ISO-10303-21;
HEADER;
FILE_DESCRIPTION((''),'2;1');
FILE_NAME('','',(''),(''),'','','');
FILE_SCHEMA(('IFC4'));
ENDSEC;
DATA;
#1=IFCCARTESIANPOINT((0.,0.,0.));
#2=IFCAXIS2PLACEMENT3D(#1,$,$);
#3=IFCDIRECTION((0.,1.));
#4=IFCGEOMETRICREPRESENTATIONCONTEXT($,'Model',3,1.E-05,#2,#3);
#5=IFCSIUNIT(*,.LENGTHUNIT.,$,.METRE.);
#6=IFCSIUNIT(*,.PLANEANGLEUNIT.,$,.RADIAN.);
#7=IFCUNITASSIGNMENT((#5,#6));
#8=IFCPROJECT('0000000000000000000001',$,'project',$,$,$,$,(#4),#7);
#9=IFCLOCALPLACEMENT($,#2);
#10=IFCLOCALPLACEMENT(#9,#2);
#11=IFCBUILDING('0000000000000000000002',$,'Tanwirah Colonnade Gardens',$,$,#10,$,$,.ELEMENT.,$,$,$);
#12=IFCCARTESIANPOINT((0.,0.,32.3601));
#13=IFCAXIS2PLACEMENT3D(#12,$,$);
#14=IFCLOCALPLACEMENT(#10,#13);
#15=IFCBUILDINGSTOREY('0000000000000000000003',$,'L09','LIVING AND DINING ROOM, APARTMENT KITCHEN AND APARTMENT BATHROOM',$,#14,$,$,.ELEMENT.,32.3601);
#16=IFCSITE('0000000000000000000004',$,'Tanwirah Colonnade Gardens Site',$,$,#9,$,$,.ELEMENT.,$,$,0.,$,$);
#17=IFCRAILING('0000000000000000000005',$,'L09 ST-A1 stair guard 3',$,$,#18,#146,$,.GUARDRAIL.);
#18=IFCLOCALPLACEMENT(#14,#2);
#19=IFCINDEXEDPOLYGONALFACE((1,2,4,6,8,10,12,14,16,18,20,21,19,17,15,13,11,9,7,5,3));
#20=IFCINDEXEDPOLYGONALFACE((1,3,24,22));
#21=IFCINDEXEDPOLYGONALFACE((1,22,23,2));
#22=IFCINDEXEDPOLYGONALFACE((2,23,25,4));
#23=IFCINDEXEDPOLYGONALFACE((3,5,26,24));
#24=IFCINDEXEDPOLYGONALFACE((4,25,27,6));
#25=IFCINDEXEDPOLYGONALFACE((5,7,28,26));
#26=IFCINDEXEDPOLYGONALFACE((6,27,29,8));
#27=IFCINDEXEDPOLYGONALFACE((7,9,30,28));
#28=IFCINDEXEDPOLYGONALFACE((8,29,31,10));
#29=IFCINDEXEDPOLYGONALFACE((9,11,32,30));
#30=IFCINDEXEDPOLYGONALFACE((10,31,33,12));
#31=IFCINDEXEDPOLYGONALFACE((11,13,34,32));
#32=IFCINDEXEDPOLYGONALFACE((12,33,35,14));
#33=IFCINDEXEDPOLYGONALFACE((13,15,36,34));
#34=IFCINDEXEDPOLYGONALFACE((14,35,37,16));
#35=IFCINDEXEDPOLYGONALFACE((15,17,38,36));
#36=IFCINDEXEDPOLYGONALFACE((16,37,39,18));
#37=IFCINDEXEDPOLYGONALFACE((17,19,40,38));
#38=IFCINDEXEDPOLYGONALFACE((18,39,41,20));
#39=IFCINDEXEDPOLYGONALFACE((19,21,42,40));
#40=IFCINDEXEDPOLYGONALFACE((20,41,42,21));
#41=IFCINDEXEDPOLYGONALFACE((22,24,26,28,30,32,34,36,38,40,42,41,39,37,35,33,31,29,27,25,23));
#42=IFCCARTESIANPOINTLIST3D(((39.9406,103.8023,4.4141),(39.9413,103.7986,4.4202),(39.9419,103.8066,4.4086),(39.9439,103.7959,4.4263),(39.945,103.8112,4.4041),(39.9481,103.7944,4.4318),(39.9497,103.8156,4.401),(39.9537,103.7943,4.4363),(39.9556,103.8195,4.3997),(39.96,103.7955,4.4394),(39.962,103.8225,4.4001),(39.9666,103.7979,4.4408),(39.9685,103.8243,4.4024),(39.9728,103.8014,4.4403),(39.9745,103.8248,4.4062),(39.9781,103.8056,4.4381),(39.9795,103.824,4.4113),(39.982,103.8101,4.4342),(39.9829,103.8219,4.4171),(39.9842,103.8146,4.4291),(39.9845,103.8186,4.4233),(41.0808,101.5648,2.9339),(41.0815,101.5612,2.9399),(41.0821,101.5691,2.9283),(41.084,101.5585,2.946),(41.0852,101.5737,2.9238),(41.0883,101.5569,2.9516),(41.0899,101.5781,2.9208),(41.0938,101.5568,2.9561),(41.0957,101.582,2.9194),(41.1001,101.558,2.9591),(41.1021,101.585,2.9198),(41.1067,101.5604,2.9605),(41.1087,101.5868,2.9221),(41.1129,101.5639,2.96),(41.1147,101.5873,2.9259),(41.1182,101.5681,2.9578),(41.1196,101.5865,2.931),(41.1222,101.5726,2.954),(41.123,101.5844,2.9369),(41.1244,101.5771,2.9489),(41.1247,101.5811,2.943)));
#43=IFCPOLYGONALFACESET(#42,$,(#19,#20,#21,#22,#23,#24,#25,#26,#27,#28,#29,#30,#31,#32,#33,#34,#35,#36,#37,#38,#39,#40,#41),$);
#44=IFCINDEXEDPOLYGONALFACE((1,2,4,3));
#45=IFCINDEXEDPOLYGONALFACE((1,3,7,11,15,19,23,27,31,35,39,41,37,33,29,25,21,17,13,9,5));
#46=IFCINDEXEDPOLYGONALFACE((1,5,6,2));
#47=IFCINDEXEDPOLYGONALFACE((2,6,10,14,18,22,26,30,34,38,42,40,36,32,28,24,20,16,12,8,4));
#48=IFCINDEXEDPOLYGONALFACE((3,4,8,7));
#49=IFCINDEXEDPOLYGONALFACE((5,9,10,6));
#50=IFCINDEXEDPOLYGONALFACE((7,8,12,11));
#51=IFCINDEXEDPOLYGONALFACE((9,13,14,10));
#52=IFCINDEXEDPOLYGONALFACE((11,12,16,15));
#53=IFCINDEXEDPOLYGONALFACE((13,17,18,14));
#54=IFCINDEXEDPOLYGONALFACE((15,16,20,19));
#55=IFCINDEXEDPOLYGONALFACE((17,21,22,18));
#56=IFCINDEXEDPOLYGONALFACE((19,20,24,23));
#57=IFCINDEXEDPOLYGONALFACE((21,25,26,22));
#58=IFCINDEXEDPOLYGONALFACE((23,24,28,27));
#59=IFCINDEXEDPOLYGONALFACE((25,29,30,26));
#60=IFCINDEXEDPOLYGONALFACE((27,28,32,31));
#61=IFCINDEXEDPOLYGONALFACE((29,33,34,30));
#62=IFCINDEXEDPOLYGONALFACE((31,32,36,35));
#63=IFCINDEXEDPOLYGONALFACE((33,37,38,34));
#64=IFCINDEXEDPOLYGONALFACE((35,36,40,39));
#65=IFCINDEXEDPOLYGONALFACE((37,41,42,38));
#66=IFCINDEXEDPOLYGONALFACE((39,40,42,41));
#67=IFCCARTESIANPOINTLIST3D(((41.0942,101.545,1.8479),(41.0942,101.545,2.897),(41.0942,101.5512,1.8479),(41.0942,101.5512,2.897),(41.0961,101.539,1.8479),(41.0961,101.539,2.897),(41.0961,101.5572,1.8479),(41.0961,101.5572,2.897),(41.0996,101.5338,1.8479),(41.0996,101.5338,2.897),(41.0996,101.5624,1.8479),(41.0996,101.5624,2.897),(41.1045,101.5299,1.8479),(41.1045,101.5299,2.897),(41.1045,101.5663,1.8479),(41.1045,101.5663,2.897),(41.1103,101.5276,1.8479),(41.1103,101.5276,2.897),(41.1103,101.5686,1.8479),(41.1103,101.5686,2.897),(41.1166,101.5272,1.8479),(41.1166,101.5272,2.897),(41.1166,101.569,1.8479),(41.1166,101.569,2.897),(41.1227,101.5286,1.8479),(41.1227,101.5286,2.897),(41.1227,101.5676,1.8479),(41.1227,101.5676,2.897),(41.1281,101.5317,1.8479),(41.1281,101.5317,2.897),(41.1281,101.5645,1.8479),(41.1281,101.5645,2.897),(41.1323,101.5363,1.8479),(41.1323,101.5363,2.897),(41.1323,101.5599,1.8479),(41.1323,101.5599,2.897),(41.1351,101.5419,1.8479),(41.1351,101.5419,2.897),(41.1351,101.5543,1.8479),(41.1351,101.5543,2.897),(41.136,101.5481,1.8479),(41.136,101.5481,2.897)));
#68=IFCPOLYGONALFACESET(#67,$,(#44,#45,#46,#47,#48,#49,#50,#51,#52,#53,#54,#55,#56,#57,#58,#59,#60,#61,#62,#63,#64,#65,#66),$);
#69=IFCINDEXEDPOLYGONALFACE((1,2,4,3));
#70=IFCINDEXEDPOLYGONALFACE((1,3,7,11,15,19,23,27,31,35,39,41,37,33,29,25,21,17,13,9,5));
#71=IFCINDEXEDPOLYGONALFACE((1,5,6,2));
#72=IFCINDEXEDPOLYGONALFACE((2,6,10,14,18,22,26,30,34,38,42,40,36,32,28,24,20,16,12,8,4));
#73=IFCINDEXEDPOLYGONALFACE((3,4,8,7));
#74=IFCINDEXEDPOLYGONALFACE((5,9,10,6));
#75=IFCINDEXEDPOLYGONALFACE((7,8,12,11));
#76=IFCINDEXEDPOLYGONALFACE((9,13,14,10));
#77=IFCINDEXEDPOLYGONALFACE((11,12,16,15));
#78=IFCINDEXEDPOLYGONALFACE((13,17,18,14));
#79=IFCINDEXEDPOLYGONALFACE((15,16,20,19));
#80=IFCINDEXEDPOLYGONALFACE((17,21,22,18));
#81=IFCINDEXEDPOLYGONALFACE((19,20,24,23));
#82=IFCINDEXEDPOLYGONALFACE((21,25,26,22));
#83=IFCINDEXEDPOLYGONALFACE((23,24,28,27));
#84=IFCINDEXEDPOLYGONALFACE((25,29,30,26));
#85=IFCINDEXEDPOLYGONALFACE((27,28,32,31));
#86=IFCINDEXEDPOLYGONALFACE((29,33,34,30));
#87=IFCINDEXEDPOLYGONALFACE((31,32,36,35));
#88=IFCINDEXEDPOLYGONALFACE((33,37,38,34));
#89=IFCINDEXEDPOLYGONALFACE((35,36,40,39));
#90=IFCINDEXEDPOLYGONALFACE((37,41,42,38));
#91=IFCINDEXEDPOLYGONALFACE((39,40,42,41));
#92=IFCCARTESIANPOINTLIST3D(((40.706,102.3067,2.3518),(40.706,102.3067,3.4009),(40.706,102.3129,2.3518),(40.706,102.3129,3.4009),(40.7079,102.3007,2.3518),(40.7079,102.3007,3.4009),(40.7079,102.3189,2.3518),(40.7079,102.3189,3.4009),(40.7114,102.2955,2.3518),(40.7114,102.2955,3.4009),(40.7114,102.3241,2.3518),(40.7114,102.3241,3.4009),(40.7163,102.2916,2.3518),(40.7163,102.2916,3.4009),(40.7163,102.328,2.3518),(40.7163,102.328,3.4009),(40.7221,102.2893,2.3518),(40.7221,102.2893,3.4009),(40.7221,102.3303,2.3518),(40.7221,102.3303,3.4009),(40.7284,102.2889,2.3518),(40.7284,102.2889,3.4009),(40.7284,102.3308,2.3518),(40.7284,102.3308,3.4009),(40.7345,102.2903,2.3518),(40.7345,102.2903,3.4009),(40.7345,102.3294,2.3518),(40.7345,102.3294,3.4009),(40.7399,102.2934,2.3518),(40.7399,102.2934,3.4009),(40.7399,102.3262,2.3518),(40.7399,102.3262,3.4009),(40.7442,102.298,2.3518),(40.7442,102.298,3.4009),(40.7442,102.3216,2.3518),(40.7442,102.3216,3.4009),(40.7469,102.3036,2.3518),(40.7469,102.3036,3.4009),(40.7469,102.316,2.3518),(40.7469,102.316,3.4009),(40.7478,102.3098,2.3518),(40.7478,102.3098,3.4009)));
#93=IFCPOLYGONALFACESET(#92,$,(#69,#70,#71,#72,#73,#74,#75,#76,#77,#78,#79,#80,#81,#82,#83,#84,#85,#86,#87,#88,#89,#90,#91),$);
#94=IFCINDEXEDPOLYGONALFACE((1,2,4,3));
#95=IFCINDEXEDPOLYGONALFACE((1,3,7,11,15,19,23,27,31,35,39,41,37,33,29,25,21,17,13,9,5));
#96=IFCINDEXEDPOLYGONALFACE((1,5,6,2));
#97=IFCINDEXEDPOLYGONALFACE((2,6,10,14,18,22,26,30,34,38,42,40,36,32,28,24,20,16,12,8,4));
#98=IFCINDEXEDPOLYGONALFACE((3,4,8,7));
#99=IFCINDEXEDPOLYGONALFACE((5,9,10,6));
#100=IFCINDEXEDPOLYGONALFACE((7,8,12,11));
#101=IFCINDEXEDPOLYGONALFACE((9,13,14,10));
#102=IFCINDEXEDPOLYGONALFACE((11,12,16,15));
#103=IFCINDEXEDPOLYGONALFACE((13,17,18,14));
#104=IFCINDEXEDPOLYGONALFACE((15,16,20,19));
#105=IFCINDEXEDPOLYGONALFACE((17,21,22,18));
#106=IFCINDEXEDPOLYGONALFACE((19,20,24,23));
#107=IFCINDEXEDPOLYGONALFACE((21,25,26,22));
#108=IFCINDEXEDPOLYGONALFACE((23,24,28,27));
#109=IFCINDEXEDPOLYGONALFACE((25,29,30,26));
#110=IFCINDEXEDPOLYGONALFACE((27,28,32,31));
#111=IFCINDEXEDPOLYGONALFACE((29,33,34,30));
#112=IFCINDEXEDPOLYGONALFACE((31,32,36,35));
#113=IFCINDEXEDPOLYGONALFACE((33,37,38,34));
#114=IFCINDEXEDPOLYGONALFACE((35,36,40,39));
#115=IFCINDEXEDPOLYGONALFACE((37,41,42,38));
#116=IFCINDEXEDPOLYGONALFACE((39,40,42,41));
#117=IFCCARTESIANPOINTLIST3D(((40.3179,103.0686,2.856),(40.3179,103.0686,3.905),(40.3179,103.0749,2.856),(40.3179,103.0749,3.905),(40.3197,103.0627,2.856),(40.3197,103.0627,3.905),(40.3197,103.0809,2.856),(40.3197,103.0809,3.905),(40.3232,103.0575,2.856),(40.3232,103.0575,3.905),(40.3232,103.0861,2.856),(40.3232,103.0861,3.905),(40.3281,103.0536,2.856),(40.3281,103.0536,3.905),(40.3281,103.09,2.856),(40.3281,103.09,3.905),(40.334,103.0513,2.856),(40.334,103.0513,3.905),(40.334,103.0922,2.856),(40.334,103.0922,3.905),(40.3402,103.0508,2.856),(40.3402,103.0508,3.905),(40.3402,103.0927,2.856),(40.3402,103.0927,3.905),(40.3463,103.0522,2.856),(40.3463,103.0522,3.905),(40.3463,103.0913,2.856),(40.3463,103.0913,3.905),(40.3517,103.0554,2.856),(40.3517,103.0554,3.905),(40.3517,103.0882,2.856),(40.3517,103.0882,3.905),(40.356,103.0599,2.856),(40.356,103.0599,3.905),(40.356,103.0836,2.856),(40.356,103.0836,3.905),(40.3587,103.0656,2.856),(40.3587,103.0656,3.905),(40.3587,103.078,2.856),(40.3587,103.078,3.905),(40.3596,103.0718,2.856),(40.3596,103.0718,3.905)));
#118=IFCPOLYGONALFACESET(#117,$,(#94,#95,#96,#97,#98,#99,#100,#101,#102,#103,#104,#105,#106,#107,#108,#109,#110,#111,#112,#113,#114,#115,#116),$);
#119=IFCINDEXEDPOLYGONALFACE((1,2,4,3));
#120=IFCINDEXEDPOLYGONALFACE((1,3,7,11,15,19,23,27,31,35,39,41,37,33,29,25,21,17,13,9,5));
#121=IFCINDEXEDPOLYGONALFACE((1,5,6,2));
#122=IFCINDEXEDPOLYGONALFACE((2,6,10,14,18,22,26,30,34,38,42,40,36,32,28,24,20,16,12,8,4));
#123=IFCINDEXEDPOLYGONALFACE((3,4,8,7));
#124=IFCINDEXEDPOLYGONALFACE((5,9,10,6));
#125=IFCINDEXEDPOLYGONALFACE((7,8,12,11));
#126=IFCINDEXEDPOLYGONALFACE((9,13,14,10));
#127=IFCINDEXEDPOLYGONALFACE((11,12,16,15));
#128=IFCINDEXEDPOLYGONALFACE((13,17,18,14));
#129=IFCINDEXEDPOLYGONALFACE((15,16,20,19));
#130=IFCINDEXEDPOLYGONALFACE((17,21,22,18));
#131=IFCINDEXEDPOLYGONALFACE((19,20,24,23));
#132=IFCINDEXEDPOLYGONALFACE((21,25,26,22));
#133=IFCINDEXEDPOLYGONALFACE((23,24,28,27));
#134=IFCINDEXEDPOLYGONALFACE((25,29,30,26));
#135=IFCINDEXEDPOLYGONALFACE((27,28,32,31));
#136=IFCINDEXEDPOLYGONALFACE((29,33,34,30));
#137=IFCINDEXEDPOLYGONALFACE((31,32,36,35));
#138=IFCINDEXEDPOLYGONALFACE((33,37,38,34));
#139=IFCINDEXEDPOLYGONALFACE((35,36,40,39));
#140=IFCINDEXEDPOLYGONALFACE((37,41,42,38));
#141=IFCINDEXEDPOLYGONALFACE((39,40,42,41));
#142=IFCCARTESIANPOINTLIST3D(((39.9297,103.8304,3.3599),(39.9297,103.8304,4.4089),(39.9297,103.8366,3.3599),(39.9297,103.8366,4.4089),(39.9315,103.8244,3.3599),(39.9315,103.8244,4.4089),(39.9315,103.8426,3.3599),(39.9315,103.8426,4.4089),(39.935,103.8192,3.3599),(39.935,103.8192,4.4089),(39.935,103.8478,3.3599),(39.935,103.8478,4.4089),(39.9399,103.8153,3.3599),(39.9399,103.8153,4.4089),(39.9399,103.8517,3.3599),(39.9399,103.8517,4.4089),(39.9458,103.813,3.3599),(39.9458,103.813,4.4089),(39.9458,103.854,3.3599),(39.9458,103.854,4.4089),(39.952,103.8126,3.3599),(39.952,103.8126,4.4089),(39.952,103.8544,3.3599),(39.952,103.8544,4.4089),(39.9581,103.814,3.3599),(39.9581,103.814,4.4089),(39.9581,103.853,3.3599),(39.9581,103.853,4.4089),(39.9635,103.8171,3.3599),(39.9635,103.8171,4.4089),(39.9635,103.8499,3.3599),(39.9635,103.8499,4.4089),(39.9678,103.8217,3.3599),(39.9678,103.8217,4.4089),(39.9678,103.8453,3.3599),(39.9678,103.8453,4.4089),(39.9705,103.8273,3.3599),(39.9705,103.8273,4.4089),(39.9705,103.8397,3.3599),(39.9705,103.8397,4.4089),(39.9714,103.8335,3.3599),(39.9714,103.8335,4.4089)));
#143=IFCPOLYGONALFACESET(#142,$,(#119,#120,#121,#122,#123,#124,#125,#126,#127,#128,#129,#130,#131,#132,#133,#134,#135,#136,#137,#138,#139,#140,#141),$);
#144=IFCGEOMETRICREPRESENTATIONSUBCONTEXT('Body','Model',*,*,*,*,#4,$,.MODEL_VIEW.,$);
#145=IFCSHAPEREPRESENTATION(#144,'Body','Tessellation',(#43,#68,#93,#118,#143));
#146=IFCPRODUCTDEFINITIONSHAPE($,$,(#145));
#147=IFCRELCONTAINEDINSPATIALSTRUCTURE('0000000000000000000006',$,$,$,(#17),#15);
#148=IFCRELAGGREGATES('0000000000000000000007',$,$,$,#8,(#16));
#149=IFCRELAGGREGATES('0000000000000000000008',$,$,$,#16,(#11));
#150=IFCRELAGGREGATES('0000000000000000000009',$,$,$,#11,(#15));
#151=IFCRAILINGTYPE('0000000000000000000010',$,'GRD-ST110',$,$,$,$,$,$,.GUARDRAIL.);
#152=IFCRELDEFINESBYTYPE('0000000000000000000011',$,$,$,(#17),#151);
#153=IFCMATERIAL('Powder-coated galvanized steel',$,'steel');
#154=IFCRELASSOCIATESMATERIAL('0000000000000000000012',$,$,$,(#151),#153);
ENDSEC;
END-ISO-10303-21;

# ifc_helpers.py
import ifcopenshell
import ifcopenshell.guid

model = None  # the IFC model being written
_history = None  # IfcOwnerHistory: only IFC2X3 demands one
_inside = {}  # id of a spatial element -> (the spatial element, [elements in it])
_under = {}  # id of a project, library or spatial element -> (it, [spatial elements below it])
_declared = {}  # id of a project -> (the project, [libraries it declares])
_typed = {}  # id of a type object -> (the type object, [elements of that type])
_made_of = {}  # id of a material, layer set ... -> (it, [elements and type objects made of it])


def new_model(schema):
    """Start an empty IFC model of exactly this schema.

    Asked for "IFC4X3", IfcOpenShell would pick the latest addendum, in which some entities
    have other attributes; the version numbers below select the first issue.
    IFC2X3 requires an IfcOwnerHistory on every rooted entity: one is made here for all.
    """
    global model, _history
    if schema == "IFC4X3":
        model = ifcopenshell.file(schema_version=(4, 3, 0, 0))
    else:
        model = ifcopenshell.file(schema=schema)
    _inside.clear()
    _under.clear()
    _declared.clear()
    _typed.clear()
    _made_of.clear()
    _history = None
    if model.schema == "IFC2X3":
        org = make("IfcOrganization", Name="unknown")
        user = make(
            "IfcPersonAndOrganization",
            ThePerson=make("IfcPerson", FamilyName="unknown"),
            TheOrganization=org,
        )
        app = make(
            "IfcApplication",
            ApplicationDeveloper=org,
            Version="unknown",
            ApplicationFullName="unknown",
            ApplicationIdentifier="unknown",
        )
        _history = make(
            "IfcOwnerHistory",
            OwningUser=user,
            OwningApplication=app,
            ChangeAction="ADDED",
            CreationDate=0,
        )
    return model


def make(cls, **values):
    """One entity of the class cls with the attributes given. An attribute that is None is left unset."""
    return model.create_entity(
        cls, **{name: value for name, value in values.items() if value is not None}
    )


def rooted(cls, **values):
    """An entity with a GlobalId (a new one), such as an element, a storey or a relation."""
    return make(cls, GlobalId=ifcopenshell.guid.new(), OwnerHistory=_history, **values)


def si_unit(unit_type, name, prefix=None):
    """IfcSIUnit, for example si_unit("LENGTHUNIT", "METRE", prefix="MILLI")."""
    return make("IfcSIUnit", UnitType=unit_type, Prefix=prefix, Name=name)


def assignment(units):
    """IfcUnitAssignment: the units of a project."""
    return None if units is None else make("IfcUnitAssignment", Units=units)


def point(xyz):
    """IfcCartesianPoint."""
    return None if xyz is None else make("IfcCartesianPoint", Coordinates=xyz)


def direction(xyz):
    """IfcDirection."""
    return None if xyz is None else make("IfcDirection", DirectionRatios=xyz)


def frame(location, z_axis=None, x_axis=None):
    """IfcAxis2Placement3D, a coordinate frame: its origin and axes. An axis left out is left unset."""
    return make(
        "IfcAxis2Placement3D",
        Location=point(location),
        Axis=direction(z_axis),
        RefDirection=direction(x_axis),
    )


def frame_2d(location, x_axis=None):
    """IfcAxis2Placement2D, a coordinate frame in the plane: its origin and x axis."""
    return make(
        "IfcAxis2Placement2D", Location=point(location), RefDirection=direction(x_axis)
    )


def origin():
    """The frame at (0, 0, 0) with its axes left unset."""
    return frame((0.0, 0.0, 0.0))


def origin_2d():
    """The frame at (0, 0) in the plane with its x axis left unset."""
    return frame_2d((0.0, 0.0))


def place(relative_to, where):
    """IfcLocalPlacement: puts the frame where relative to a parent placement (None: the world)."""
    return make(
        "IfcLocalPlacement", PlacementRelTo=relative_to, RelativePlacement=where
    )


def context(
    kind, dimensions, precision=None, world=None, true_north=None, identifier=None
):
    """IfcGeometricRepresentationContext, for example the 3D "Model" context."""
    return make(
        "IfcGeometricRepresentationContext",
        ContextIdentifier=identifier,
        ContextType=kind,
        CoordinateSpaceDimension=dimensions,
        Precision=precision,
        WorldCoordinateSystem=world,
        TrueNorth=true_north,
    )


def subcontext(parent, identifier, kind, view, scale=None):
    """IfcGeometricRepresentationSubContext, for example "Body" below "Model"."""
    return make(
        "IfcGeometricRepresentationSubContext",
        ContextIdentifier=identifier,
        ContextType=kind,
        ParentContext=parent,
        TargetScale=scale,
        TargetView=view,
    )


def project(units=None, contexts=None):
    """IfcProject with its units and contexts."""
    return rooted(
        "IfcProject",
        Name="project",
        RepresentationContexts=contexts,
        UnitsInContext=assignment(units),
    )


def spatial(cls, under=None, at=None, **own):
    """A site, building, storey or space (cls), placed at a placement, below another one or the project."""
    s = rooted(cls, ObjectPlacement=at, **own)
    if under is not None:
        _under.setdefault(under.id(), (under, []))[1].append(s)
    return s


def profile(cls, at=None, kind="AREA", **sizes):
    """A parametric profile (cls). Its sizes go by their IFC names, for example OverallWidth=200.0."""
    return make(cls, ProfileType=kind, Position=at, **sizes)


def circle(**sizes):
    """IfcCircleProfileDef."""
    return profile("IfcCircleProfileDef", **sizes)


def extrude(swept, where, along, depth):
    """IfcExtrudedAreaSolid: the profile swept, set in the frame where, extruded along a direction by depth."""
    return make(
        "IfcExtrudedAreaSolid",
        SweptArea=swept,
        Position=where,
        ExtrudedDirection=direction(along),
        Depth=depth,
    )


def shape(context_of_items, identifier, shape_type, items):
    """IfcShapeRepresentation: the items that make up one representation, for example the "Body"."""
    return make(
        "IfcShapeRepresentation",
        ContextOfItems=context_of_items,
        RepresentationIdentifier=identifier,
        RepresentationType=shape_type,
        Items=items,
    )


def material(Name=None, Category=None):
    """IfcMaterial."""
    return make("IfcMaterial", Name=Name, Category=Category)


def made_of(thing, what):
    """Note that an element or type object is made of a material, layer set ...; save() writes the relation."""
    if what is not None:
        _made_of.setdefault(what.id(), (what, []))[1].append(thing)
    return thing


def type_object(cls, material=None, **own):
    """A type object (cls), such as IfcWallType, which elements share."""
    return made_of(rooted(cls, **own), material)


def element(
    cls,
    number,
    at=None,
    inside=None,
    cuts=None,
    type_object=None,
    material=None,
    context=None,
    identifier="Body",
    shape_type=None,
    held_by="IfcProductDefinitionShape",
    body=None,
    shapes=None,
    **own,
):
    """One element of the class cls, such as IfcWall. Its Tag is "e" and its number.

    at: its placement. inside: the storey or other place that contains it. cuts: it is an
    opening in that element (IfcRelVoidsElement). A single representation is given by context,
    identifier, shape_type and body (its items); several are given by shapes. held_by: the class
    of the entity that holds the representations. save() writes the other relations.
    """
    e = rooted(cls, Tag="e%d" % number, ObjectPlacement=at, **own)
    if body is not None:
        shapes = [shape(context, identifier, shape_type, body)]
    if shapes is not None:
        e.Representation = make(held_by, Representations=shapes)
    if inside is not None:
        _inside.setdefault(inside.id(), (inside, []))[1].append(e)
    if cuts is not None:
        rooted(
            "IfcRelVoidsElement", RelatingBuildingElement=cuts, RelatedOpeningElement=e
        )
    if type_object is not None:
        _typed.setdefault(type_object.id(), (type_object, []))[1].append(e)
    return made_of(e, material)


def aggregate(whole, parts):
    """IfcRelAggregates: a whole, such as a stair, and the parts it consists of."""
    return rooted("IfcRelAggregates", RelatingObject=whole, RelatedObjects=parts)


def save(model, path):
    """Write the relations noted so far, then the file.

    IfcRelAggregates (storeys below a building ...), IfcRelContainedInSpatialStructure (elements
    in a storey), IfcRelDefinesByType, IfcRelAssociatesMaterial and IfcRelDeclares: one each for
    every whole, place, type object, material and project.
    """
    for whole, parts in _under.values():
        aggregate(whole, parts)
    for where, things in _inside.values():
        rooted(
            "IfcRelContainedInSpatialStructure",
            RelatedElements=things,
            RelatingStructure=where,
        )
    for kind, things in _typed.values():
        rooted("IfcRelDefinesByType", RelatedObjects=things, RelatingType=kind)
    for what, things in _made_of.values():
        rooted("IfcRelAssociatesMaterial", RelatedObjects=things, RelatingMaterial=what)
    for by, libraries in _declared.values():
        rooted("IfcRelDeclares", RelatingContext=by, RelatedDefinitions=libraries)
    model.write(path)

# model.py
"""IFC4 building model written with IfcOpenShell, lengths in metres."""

from ifc_helpers import new_model, si_unit, direction, frame, origin, origin_2d, place, context, subcontext, project, spatial, circle, extrude, material, type_object, element, save


model = new_model("IFC4")

# Units and contexts
model_context = context("Model", 3, precision=1e-05, world=origin(), true_north=direction((0.0, 1.0)))
body_context = subcontext(model_context, "Body", "Model", "MODEL_VIEW")
ifc_project = project(units=[si_unit("LENGTHUNIT", "METRE"), si_unit("PLANEANGLEUNIT", "RADIAN")], contexts=[model_context])

# Site, building, storey
site_placement = place(None, origin())
site = spatial("IfcSite", under=ifc_project, at=site_placement, Name="Tanwirah Colonnade Gardens Site", CompositionType="ELEMENT", RefElevation=0.0)
building_placement = place(site_placement, origin())
building = spatial("IfcBuilding", under=site, at=building_placement, Name="Tanwirah Colonnade Gardens", CompositionType="ELEMENT")
storey_placement = place(building_placement, frame((0.0, 0.0, 32.3601)))
storey = spatial("IfcBuildingStorey", under=building, at=storey_placement, Name="L09", Description="LIVING AND DINING ROOM, APARTMENT KITCHEN AND APARTMENT BATHROOM", CompositionType="ELEMENT", Elevation=32.3601)

# Railing
ifc_material_1 = material(Name="Powder-coated galvanized steel", Category="steel")
railing_type_1 = type_object("IfcRailingType", Name="GRD-ST110", PredefinedType="GUARDRAIL", material=ifc_material_1)
railing_1_placement = place(storey_placement, frame((41.115, 101.5481, 1.8479)))
element("IfcRailing", 1, at=railing_1_placement, inside=storey, type_object=railing_type_1, Name="L09 ST-A1 stair guard 3", PredefinedType="GUARDRAIL", context=body_context, shape_type="SweptSolid", body=[
    extrude(circle(Radius=0.0239, at=origin_2d()), frame((-0.0122, 0.0239, 1.092), z_axis=(-0.391122, 0.767567, 0.507803), x_axis=(-0.890994, -0.454016, 0.0)), (0.0, 0.0, 1.0), 2.915),
    extrude(circle(Radius=0.021, at=origin_2d()), origin(), (0.0, 0.0, 1.0), 1.0491),
    extrude(circle(Radius=0.021, at=origin_2d()), frame((-0.3882, 0.7617, 0.5039)), (0.0, 0.0, 1.0), 1.0491),
    extrude(circle(Radius=0.021, at=origin_2d()), frame((-0.7764, 1.5237, 1.0081)), (0.0, 0.0, 1.0), 1.0491),
    extrude(circle(Radius=0.021, at=origin_2d()), frame((-1.1646, 2.2854, 1.512)), (0.0, 0.0, 1.0), 1.0491),
])

save(model, "model.ifc")
